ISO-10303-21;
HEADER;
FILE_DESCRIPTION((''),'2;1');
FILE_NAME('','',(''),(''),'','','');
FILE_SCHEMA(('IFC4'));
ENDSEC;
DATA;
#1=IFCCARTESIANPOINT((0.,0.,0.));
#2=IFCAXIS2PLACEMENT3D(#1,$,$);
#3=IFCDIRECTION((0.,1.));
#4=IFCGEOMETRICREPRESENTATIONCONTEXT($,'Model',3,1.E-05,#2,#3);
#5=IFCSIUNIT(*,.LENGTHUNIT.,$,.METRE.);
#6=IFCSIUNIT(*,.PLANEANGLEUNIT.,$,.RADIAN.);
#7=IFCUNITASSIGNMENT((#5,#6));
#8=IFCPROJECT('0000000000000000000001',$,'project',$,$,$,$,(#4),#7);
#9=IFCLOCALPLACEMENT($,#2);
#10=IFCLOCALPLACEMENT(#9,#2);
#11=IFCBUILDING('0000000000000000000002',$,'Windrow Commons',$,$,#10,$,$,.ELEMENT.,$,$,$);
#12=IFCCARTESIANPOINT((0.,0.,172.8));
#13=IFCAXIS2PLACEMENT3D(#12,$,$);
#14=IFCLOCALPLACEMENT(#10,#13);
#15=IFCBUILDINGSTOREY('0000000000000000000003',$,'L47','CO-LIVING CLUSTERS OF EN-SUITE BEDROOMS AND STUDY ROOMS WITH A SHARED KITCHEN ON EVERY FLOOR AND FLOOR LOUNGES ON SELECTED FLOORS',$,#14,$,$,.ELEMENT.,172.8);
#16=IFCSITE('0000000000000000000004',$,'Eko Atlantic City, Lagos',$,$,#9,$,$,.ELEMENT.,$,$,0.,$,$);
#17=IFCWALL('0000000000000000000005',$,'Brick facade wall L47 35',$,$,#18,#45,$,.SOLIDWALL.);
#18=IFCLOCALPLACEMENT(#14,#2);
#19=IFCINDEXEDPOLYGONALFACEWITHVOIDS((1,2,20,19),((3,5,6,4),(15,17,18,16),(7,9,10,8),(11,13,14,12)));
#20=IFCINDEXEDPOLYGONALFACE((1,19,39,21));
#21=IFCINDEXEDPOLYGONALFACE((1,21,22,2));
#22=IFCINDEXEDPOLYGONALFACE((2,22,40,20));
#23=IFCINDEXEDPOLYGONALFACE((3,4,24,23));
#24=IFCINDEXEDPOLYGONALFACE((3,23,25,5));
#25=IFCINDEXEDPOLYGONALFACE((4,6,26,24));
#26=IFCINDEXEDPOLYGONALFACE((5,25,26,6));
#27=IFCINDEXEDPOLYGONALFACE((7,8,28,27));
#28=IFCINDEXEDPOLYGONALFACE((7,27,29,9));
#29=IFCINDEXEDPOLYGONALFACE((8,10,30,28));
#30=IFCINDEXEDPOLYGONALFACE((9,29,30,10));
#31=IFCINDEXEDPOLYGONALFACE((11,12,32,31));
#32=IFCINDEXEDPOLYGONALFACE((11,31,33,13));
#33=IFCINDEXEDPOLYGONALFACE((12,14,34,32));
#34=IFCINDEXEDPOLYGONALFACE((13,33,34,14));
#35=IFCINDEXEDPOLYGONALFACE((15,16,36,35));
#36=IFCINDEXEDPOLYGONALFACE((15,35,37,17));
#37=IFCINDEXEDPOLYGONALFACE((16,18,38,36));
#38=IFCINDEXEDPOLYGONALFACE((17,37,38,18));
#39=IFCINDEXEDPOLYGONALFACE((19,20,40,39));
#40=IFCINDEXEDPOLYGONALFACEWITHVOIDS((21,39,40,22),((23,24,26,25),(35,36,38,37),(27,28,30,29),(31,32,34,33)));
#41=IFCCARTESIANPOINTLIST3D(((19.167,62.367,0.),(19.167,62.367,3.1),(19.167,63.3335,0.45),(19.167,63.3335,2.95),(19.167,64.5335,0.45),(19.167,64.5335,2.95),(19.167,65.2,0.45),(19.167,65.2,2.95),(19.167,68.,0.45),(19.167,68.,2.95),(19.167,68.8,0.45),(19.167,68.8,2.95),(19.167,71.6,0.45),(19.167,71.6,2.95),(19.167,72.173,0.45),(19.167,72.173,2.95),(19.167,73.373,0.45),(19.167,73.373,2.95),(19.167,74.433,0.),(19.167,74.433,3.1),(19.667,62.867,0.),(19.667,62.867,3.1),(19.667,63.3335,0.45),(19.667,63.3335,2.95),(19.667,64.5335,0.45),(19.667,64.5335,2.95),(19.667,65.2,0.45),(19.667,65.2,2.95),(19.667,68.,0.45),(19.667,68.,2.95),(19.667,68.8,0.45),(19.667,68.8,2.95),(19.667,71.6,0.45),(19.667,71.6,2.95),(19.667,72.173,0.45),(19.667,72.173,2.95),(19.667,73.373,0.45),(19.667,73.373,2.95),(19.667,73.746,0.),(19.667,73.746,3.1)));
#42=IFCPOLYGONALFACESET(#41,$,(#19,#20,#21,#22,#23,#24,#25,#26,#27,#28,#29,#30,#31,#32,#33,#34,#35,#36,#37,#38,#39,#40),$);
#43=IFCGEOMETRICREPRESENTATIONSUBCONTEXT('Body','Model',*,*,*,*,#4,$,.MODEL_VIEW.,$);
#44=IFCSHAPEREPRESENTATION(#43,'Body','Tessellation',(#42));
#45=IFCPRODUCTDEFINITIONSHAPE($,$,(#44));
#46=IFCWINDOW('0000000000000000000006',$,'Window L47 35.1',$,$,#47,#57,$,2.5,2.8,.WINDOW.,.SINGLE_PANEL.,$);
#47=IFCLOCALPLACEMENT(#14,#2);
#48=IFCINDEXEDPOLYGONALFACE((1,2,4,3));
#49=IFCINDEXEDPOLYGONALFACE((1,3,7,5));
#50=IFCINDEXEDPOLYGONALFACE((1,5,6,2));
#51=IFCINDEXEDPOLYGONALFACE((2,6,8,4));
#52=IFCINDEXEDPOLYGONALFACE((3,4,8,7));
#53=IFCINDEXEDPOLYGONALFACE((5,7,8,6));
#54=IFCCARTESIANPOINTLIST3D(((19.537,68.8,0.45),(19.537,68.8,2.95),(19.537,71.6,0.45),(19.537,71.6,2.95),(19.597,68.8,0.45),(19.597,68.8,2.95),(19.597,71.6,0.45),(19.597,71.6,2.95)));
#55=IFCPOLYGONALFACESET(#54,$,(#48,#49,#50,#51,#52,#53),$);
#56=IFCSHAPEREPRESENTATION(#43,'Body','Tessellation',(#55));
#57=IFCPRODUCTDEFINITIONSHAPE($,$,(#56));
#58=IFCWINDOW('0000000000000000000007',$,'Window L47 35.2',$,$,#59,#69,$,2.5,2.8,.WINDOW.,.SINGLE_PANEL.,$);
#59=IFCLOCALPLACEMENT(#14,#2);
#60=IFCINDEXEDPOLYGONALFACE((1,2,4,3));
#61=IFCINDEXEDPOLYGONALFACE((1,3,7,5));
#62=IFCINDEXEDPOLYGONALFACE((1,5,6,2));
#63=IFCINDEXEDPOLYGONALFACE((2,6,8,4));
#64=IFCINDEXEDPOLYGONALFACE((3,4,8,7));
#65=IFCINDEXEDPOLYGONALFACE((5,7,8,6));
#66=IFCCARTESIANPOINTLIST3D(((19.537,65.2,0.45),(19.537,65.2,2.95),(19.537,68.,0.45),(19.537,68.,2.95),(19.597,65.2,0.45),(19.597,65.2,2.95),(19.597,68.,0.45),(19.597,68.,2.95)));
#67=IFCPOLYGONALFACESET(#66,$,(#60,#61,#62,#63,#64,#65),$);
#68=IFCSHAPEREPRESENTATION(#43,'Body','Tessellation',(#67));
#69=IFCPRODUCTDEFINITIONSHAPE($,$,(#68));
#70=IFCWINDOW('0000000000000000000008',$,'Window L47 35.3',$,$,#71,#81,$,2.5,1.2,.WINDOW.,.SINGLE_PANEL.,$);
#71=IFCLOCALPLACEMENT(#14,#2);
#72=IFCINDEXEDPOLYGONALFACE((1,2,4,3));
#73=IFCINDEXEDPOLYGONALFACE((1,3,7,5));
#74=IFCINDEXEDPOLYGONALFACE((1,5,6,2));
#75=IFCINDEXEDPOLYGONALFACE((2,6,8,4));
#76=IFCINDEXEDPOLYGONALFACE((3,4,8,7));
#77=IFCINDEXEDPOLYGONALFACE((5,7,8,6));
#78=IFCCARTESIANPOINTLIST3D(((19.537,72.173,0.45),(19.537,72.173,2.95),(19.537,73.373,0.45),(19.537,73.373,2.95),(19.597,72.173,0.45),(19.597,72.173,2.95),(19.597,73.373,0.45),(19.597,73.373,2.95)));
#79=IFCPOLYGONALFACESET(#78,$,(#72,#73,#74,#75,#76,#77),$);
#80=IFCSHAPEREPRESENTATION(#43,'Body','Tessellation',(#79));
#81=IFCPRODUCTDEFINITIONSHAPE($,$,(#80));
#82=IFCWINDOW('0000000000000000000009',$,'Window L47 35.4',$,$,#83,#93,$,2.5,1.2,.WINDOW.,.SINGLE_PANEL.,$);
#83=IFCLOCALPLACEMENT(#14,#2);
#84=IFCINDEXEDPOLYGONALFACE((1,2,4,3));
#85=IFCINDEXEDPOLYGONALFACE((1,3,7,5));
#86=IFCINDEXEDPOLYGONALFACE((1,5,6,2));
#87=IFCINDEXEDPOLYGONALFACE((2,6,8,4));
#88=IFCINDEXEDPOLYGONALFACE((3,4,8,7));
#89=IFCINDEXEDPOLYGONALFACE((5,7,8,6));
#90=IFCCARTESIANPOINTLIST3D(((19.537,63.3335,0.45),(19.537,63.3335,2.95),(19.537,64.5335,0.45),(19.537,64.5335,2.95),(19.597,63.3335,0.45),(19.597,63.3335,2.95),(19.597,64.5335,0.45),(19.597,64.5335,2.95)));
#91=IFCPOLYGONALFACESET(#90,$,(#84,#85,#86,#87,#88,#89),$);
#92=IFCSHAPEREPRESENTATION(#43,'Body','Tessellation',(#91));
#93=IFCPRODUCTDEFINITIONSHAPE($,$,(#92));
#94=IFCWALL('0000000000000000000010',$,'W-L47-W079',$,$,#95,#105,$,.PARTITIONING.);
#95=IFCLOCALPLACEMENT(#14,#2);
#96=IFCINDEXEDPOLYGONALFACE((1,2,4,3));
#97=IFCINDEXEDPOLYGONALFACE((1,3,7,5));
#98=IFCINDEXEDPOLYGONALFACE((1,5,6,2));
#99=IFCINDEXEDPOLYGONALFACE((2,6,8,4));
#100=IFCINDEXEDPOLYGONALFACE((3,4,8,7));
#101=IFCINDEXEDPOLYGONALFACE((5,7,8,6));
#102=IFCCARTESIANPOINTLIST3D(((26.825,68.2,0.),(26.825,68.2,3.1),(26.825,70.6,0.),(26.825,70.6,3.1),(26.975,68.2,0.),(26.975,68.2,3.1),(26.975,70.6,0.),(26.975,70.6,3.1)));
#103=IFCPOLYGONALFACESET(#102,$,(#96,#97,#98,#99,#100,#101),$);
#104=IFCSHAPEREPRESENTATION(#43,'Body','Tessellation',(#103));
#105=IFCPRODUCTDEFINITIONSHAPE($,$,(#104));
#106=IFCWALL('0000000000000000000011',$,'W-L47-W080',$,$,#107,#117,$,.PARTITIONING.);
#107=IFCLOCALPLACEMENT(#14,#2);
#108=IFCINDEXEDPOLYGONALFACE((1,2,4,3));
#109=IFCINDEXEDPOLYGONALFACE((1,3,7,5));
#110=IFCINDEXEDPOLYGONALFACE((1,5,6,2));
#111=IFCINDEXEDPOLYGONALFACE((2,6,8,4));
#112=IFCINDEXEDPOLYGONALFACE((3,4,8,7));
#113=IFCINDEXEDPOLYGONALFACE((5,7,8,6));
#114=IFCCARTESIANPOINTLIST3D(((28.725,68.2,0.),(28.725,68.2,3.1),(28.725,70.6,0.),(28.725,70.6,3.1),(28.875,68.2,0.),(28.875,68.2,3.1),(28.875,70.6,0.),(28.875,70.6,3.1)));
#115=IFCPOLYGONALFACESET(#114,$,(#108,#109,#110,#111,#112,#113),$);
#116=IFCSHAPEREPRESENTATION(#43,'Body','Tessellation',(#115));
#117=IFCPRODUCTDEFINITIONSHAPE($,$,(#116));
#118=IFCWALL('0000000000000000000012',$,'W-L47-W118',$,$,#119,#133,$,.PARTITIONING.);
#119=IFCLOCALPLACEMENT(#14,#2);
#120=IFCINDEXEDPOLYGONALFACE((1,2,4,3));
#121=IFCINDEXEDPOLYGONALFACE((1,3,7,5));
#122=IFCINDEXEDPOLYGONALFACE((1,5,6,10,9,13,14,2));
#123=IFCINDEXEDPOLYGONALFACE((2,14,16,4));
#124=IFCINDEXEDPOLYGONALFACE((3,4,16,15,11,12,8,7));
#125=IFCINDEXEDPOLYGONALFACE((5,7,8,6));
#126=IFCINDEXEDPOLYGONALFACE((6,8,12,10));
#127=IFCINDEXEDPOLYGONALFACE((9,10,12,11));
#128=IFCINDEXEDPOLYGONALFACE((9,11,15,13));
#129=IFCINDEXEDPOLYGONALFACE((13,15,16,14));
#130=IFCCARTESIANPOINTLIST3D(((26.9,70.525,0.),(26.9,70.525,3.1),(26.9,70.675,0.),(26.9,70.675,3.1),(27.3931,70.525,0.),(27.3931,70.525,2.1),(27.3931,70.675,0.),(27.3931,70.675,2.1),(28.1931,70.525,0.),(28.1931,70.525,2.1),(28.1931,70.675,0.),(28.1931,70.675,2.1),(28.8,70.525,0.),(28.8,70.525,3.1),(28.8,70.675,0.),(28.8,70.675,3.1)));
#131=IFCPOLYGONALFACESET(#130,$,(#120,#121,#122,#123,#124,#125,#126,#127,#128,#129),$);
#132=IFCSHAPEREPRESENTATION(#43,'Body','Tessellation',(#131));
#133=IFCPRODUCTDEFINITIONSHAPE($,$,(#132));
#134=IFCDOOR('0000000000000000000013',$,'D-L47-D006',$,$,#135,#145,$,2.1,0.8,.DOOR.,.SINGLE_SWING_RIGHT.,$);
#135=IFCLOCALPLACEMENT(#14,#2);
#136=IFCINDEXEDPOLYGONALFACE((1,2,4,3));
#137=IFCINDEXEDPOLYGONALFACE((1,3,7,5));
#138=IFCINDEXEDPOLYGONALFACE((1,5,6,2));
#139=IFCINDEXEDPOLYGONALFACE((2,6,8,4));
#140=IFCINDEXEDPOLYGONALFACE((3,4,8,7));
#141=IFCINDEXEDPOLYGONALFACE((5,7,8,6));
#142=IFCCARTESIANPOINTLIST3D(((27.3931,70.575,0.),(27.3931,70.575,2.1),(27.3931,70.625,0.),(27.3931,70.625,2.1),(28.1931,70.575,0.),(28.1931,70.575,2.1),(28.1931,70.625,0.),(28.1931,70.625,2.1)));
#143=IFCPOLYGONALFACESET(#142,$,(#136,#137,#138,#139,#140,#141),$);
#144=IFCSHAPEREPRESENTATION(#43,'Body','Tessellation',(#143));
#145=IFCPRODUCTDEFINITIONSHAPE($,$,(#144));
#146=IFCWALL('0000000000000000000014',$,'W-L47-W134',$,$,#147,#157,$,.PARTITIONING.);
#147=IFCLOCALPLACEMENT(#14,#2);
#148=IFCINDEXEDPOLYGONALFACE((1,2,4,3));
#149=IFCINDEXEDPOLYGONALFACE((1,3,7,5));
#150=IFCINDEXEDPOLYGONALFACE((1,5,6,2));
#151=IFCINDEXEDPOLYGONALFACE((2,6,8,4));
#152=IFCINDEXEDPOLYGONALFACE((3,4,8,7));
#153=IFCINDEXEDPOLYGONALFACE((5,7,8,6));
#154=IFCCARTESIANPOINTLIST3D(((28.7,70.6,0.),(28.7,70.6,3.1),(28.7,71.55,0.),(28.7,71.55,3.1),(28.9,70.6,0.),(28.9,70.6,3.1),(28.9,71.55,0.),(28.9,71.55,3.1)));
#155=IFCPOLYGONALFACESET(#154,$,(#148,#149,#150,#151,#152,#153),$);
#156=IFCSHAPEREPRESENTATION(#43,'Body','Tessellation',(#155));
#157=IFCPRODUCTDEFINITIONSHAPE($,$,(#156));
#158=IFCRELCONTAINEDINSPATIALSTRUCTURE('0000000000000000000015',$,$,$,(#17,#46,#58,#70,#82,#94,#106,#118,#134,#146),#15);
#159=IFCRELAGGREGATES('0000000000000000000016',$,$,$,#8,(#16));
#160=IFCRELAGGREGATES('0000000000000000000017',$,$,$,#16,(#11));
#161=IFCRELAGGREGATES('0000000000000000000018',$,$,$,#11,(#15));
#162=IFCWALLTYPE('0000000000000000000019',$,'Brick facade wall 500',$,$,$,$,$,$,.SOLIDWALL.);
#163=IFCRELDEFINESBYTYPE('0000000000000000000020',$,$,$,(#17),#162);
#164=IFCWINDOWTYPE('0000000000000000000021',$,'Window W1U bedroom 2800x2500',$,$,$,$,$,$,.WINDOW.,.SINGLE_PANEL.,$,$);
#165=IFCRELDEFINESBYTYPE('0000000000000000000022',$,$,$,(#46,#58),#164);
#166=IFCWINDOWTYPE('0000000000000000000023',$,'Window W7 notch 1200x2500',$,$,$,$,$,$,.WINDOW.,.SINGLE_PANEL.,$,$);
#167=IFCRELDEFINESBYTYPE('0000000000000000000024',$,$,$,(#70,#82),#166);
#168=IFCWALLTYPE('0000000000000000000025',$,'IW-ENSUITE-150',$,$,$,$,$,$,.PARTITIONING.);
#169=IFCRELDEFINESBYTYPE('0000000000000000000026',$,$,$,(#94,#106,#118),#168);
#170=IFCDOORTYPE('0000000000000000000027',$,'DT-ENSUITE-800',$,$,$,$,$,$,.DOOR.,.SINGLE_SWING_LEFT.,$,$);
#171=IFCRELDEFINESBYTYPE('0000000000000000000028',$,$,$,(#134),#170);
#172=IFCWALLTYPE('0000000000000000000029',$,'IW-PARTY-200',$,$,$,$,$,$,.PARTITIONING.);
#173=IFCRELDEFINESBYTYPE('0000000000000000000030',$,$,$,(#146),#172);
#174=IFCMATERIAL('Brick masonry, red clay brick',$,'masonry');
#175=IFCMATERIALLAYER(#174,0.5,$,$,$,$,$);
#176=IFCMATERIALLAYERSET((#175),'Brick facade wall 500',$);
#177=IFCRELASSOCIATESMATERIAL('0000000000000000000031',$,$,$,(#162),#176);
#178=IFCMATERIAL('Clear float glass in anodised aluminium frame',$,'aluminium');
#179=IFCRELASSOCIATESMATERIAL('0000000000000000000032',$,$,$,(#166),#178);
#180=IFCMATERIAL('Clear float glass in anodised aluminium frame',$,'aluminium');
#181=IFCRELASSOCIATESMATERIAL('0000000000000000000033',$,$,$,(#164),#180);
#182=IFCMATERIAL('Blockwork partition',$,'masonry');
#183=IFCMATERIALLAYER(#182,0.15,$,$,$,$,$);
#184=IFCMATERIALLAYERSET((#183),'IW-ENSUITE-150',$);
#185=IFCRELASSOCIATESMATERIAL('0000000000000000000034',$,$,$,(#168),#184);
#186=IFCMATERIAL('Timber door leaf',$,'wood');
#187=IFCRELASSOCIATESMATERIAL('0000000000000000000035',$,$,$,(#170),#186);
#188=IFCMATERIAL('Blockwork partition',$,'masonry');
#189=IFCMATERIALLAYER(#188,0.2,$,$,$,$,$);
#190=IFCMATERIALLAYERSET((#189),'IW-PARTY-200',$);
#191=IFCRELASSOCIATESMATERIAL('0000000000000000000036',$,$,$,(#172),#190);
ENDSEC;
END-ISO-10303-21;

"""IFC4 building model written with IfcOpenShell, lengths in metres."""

from ifc_helpers import new_model, si_unit, direction, frame, frame_2d, origin, place, context, subcontext, project, spatial, polyline, rectangle, outline, extrude, material, layer, layer_set, type_object, element, fill, save


model = new_model("IFC4")

# Units and contexts
model_context = context("Model", 3, precision=1e-05, world=origin(), true_north=direction((0.0, 1.0)))
body_context = subcontext(model_context, "Body", "Model", "MODEL_VIEW")
ifc_project = project(units=[si_unit("LENGTHUNIT", "METRE"), si_unit("PLANEANGLEUNIT", "RADIAN")], contexts=[model_context])

# Site, building, storey
site_placement = place(None, origin())
site = spatial("IfcSite", under=ifc_project, at=site_placement, Name="Eko Atlantic City, Lagos", CompositionType="ELEMENT", RefElevation=0.0)
building_placement = place(site_placement, origin())
building = spatial("IfcBuilding", under=site, at=building_placement, Name="Windrow Commons", CompositionType="ELEMENT")
storey_placement = place(building_placement, frame((0.0, 0.0, 172.8)))
storey = spatial("IfcBuildingStorey", under=building, at=storey_placement, Name="L47", Description="CO-LIVING CLUSTERS OF EN-SUITE BEDROOMS AND STUDY ROOMS WITH A SHARED KITCHEN ON EVERY FLOOR AND FLOOR LOUNGES ON SELECTED FLOORS", CompositionType="ELEMENT", Elevation=172.8)

# Shared definitions
ifc_material_1 = material(Name="Brick masonry, red clay brick", Category="masonry")
ifc_layer_1 = layer(ifc_material_1, 0.5)
ifc_layer_set_1 = layer_set([ifc_layer_1], Name="Brick facade wall 500")
wall_type_1 = type_object("IfcWallType", Name="Brick facade wall 500", PredefinedType="SOLIDWALL", material=ifc_layer_set_1)
ifc_material_2 = material(Name="Clear float glass in anodised aluminium frame", Category="aluminium")
window_type_1 = type_object("IfcWindowType", Name="Window W7 notch 1200x2500", PartitioningType="SINGLE_PANEL", PredefinedType="WINDOW", material=ifc_material_2)

# Wall, openings, windows
wall_1_placement = place(storey_placement, frame((19.417, 74.0895, 0.0), z_axis=(0.0, 0.0, 1.0), x_axis=(0.0, -1.0, 0.0)))
wall_1 = element("IfcWall", 1, at=wall_1_placement, inside=storey, type_object=wall_type_1, Name="Brick facade wall L47 35", PredefinedType="SOLIDWALL", context=body_context, shape_type="SweptSolid", body=[
    extrude(outline(polyline([(-0.3435, -0.25), (11.7225, -0.25), (11.2225, 0.25), (0.3435, 0.25), (-0.3435, -0.25)])), origin(), (0.0, 0.0, 1.0), 3.1),
])
opening_1_placement = place(wall_1_placement, frame((2.4895, 0.0, 0.45)))
opening_1 = element("IfcOpeningElement", 2, at=opening_1_placement, cuts=wall_1, PredefinedType="OPENING", context=body_context, shape_type="SweptSolid", body=[
    extrude(rectangle(XDim=2.8, YDim=2.5, at=frame_2d((1.4, 1.25))), frame((0.0, 0.26, 0.0), z_axis=(0.0, -1.0, 0.0), x_axis=(1.0, 0.0, 0.0)), (0.0, 0.0, 1.0), 0.52),
])
opening_2_placement = place(wall_1_placement, frame((6.0895, 0.0, 0.45)))
opening_2 = element("IfcOpeningElement", 3, at=opening_2_placement, cuts=wall_1, PredefinedType="OPENING", context=body_context, shape_type="SweptSolid", body=[
    extrude(rectangle(XDim=2.8, YDim=2.5, at=frame_2d((1.4, 1.25))), frame((0.0, 0.26, 0.0), z_axis=(0.0, -1.0, 0.0), x_axis=(1.0, 0.0, 0.0)), (0.0, 0.0, 1.0), 0.52),
])
opening_3_placement = place(wall_1_placement, frame((0.7165, 0.0, 0.45)))
opening_3 = element("IfcOpeningElement", 4, at=opening_3_placement, cuts=wall_1, PredefinedType="OPENING", context=body_context, shape_type="SweptSolid", body=[
    extrude(rectangle(XDim=1.2, YDim=2.5, at=frame_2d((0.6, 1.25))), frame((0.0, 0.26, 0.0), z_axis=(0.0, -1.0, 0.0), x_axis=(1.0, 0.0, 0.0)), (0.0, 0.0, 1.0), 0.52),
])
opening_4_placement = place(wall_1_placement, frame((9.556, 0.0, 0.45)))
opening_4 = element("IfcOpeningElement", 5, at=opening_4_placement, cuts=wall_1, PredefinedType="OPENING", context=body_context, shape_type="SweptSolid", body=[
    extrude(rectangle(XDim=1.2, YDim=2.5, at=frame_2d((0.6, 1.25))), frame((0.0, 0.26, 0.0), z_axis=(0.0, -1.0, 0.0), x_axis=(1.0, 0.0, 0.0)), (0.0, 0.0, 1.0), 0.52),
])
ifc_material_3 = material(Name="Clear float glass in anodised aluminium frame", Category="aluminium")
window_type_2 = type_object("IfcWindowType", Name="Window W1U bedroom 2800x2500", PartitioningType="SINGLE_PANEL", PredefinedType="WINDOW", material=ifc_material_3)
window_1_placement = place(opening_1_placement, origin())
window_1 = element("IfcWindow", 6, at=window_1_placement, inside=storey, type_object=window_type_2, Name="Window L47 35.1", OverallHeight=2.5, OverallWidth=2.8, PartitioningType="SINGLE_PANEL", PredefinedType="WINDOW", context=body_context, shape_type="SweptSolid", body=[
    extrude(rectangle(XDim=2.8, YDim=2.5, at=frame_2d((1.4, 1.25))), frame((0.0, 0.18, 0.0), z_axis=(0.0, -1.0, 0.0), x_axis=(1.0, 0.0, 0.0)), (0.0, 0.0, 1.0), 0.06),
])
fill(opening_1, window_1)
window_2_placement = place(opening_2_placement, origin())
window_2 = element("IfcWindow", 7, at=window_2_placement, inside=storey, type_object=window_type_2, Name="Window L47 35.2", OverallHeight=2.5, OverallWidth=2.8, PartitioningType="SINGLE_PANEL", PredefinedType="WINDOW", context=body_context, shape_type="SweptSolid", body=[
    extrude(rectangle(XDim=2.8, YDim=2.5, at=frame_2d((1.4, 1.25))), frame((0.0, 0.18, 0.0), z_axis=(0.0, -1.0, 0.0), x_axis=(1.0, 0.0, 0.0)), (0.0, 0.0, 1.0), 0.06),
])
fill(opening_2, window_2)
window_3_placement = place(opening_3_placement, origin())
window_3 = element("IfcWindow", 8, at=window_3_placement, inside=storey, type_object=window_type_1, Name="Window L47 35.3", OverallHeight=2.5, OverallWidth=1.2, PartitioningType="SINGLE_PANEL", PredefinedType="WINDOW", context=body_context, shape_type="SweptSolid", body=[
    extrude(rectangle(XDim=1.2, YDim=2.5, at=frame_2d((0.6, 1.25))), frame((0.0, 0.18, 0.0), z_axis=(0.0, -1.0, 0.0), x_axis=(1.0, 0.0, 0.0)), (0.0, 0.0, 1.0), 0.06),
])
fill(opening_3, window_3)
window_4_placement = place(opening_4_placement, origin())
window_4 = element("IfcWindow", 9, at=window_4_placement, inside=storey, type_object=window_type_1, Name="Window L47 35.4", OverallHeight=2.5, OverallWidth=1.2, PartitioningType="SINGLE_PANEL", PredefinedType="WINDOW", context=body_context, shape_type="SweptSolid", body=[
    extrude(rectangle(XDim=1.2, YDim=2.5, at=frame_2d((0.6, 1.25))), frame((0.0, 0.18, 0.0), z_axis=(0.0, -1.0, 0.0), x_axis=(1.0, 0.0, 0.0)), (0.0, 0.0, 1.0), 0.06),
])
fill(opening_4, window_4)

# Walls
ifc_material_4 = material(Name="Blockwork partition", Category="masonry")
ifc_layer_2 = layer(ifc_material_4, 0.15)
ifc_layer_set_2 = layer_set([ifc_layer_2], Name="IW-ENSUITE-150")
wall_type_2 = type_object("IfcWallType", Name="IW-ENSUITE-150", PredefinedType="PARTITIONING", material=ifc_layer_set_2)
for number, where, z_axis, x_axis, name in (
    (10, (26.9, 68.2, 0.0), (0.0, 0.0, 1.0), (0.0, 1.0, 0.0), "W-L47-W079"),
    (11, (28.8, 68.2, 0.0), (0.0, 0.0, 1.0), (0.0, 1.0, 0.0), "W-L47-W080"),
):
    element("IfcWall", number, at=place(storey_placement, frame(where, z_axis=z_axis, x_axis=x_axis)), inside=storey, type_object=wall_type_2, Name=name, PredefinedType="PARTITIONING", context=body_context, shape_type="SweptSolid", body=[
        extrude(rectangle(XDim=2.4, YDim=0.15, at=frame_2d((1.2, 0.0))), origin(), (0.0, 0.0, 1.0), 3.1),
    ])

# Wall, opening, door
wall_2_placement = place(storey_placement, frame((26.9, 70.6, 0.0), z_axis=(0.0, 0.0, 1.0), x_axis=(1.0, 0.0, 0.0)))
wall_2 = element("IfcWall", 12, at=wall_2_placement, inside=storey, type_object=wall_type_2, Name="W-L47-W118", PredefinedType="PARTITIONING", context=body_context, shape_type="SweptSolid", body=[
    extrude(rectangle(XDim=1.9, YDim=0.15, at=frame_2d((0.95, 0.0))), origin(), (0.0, 0.0, 1.0), 3.1),
])
opening_5_placement = place(wall_2_placement, frame((0.4931, 0.0, 0.0)))
opening_5 = element("IfcOpeningElement", 13, at=opening_5_placement, cuts=wall_2, PredefinedType="OPENING", context=body_context, shape_type="SweptSolid", body=[
    extrude(rectangle(XDim=0.8, YDim=2.1, at=frame_2d((0.4, 1.05))), frame((0.0, 0.085, 0.0), z_axis=(0.0, -1.0, 0.0), x_axis=(1.0, 0.0, 0.0)), (0.0, 0.0, 1.0), 0.17),
])
ifc_material_5 = material(Name="Timber door leaf", Category="wood")
door_type = type_object("IfcDoorType", Name="DT-ENSUITE-800", OperationType="SINGLE_SWING_LEFT", PredefinedType="DOOR", material=ifc_material_5)
door_placement = place(opening_5_placement, origin())
door = element("IfcDoor", 14, at=door_placement, inside=storey, type_object=door_type, Name="D-L47-D006", OperationType="SINGLE_SWING_RIGHT", OverallHeight=2.1, OverallWidth=0.8, PredefinedType="DOOR", context=body_context, shape_type="SweptSolid", body=[
    extrude(rectangle(XDim=0.8, YDim=2.1, at=frame_2d((0.4, 1.05))), frame((0.0, 0.025, 0.0), z_axis=(0.0, -1.0, 0.0), x_axis=(1.0, 0.0, 0.0)), (0.0, 0.0, 1.0), 0.05),
])
fill(opening_5, door)

# Wall
ifc_material_6 = material(Name="Blockwork partition", Category="masonry")
ifc_layer_3 = layer(ifc_material_6, 0.2)
ifc_layer_set_3 = layer_set([ifc_layer_3], Name="IW-PARTY-200")
wall_type_3 = type_object("IfcWallType", Name="IW-PARTY-200", PredefinedType="PARTITIONING", material=ifc_layer_set_3)
wall_3_placement = place(storey_placement, frame((28.8, 70.6, 0.0), z_axis=(0.0, 0.0, 1.0), x_axis=(0.0, 1.0, 0.0)))
element("IfcWall", 15, at=wall_3_placement, inside=storey, type_object=wall_type_3, Name="W-L47-W134", PredefinedType="PARTITIONING", context=body_context, shape_type="SweptSolid", body=[
    extrude(rectangle(XDim=0.95, YDim=0.2, at=frame_2d((0.475, 0.0))), origin(), (0.0, 0.0, 1.0), 3.1),
])

save(model, "model.ifc")
